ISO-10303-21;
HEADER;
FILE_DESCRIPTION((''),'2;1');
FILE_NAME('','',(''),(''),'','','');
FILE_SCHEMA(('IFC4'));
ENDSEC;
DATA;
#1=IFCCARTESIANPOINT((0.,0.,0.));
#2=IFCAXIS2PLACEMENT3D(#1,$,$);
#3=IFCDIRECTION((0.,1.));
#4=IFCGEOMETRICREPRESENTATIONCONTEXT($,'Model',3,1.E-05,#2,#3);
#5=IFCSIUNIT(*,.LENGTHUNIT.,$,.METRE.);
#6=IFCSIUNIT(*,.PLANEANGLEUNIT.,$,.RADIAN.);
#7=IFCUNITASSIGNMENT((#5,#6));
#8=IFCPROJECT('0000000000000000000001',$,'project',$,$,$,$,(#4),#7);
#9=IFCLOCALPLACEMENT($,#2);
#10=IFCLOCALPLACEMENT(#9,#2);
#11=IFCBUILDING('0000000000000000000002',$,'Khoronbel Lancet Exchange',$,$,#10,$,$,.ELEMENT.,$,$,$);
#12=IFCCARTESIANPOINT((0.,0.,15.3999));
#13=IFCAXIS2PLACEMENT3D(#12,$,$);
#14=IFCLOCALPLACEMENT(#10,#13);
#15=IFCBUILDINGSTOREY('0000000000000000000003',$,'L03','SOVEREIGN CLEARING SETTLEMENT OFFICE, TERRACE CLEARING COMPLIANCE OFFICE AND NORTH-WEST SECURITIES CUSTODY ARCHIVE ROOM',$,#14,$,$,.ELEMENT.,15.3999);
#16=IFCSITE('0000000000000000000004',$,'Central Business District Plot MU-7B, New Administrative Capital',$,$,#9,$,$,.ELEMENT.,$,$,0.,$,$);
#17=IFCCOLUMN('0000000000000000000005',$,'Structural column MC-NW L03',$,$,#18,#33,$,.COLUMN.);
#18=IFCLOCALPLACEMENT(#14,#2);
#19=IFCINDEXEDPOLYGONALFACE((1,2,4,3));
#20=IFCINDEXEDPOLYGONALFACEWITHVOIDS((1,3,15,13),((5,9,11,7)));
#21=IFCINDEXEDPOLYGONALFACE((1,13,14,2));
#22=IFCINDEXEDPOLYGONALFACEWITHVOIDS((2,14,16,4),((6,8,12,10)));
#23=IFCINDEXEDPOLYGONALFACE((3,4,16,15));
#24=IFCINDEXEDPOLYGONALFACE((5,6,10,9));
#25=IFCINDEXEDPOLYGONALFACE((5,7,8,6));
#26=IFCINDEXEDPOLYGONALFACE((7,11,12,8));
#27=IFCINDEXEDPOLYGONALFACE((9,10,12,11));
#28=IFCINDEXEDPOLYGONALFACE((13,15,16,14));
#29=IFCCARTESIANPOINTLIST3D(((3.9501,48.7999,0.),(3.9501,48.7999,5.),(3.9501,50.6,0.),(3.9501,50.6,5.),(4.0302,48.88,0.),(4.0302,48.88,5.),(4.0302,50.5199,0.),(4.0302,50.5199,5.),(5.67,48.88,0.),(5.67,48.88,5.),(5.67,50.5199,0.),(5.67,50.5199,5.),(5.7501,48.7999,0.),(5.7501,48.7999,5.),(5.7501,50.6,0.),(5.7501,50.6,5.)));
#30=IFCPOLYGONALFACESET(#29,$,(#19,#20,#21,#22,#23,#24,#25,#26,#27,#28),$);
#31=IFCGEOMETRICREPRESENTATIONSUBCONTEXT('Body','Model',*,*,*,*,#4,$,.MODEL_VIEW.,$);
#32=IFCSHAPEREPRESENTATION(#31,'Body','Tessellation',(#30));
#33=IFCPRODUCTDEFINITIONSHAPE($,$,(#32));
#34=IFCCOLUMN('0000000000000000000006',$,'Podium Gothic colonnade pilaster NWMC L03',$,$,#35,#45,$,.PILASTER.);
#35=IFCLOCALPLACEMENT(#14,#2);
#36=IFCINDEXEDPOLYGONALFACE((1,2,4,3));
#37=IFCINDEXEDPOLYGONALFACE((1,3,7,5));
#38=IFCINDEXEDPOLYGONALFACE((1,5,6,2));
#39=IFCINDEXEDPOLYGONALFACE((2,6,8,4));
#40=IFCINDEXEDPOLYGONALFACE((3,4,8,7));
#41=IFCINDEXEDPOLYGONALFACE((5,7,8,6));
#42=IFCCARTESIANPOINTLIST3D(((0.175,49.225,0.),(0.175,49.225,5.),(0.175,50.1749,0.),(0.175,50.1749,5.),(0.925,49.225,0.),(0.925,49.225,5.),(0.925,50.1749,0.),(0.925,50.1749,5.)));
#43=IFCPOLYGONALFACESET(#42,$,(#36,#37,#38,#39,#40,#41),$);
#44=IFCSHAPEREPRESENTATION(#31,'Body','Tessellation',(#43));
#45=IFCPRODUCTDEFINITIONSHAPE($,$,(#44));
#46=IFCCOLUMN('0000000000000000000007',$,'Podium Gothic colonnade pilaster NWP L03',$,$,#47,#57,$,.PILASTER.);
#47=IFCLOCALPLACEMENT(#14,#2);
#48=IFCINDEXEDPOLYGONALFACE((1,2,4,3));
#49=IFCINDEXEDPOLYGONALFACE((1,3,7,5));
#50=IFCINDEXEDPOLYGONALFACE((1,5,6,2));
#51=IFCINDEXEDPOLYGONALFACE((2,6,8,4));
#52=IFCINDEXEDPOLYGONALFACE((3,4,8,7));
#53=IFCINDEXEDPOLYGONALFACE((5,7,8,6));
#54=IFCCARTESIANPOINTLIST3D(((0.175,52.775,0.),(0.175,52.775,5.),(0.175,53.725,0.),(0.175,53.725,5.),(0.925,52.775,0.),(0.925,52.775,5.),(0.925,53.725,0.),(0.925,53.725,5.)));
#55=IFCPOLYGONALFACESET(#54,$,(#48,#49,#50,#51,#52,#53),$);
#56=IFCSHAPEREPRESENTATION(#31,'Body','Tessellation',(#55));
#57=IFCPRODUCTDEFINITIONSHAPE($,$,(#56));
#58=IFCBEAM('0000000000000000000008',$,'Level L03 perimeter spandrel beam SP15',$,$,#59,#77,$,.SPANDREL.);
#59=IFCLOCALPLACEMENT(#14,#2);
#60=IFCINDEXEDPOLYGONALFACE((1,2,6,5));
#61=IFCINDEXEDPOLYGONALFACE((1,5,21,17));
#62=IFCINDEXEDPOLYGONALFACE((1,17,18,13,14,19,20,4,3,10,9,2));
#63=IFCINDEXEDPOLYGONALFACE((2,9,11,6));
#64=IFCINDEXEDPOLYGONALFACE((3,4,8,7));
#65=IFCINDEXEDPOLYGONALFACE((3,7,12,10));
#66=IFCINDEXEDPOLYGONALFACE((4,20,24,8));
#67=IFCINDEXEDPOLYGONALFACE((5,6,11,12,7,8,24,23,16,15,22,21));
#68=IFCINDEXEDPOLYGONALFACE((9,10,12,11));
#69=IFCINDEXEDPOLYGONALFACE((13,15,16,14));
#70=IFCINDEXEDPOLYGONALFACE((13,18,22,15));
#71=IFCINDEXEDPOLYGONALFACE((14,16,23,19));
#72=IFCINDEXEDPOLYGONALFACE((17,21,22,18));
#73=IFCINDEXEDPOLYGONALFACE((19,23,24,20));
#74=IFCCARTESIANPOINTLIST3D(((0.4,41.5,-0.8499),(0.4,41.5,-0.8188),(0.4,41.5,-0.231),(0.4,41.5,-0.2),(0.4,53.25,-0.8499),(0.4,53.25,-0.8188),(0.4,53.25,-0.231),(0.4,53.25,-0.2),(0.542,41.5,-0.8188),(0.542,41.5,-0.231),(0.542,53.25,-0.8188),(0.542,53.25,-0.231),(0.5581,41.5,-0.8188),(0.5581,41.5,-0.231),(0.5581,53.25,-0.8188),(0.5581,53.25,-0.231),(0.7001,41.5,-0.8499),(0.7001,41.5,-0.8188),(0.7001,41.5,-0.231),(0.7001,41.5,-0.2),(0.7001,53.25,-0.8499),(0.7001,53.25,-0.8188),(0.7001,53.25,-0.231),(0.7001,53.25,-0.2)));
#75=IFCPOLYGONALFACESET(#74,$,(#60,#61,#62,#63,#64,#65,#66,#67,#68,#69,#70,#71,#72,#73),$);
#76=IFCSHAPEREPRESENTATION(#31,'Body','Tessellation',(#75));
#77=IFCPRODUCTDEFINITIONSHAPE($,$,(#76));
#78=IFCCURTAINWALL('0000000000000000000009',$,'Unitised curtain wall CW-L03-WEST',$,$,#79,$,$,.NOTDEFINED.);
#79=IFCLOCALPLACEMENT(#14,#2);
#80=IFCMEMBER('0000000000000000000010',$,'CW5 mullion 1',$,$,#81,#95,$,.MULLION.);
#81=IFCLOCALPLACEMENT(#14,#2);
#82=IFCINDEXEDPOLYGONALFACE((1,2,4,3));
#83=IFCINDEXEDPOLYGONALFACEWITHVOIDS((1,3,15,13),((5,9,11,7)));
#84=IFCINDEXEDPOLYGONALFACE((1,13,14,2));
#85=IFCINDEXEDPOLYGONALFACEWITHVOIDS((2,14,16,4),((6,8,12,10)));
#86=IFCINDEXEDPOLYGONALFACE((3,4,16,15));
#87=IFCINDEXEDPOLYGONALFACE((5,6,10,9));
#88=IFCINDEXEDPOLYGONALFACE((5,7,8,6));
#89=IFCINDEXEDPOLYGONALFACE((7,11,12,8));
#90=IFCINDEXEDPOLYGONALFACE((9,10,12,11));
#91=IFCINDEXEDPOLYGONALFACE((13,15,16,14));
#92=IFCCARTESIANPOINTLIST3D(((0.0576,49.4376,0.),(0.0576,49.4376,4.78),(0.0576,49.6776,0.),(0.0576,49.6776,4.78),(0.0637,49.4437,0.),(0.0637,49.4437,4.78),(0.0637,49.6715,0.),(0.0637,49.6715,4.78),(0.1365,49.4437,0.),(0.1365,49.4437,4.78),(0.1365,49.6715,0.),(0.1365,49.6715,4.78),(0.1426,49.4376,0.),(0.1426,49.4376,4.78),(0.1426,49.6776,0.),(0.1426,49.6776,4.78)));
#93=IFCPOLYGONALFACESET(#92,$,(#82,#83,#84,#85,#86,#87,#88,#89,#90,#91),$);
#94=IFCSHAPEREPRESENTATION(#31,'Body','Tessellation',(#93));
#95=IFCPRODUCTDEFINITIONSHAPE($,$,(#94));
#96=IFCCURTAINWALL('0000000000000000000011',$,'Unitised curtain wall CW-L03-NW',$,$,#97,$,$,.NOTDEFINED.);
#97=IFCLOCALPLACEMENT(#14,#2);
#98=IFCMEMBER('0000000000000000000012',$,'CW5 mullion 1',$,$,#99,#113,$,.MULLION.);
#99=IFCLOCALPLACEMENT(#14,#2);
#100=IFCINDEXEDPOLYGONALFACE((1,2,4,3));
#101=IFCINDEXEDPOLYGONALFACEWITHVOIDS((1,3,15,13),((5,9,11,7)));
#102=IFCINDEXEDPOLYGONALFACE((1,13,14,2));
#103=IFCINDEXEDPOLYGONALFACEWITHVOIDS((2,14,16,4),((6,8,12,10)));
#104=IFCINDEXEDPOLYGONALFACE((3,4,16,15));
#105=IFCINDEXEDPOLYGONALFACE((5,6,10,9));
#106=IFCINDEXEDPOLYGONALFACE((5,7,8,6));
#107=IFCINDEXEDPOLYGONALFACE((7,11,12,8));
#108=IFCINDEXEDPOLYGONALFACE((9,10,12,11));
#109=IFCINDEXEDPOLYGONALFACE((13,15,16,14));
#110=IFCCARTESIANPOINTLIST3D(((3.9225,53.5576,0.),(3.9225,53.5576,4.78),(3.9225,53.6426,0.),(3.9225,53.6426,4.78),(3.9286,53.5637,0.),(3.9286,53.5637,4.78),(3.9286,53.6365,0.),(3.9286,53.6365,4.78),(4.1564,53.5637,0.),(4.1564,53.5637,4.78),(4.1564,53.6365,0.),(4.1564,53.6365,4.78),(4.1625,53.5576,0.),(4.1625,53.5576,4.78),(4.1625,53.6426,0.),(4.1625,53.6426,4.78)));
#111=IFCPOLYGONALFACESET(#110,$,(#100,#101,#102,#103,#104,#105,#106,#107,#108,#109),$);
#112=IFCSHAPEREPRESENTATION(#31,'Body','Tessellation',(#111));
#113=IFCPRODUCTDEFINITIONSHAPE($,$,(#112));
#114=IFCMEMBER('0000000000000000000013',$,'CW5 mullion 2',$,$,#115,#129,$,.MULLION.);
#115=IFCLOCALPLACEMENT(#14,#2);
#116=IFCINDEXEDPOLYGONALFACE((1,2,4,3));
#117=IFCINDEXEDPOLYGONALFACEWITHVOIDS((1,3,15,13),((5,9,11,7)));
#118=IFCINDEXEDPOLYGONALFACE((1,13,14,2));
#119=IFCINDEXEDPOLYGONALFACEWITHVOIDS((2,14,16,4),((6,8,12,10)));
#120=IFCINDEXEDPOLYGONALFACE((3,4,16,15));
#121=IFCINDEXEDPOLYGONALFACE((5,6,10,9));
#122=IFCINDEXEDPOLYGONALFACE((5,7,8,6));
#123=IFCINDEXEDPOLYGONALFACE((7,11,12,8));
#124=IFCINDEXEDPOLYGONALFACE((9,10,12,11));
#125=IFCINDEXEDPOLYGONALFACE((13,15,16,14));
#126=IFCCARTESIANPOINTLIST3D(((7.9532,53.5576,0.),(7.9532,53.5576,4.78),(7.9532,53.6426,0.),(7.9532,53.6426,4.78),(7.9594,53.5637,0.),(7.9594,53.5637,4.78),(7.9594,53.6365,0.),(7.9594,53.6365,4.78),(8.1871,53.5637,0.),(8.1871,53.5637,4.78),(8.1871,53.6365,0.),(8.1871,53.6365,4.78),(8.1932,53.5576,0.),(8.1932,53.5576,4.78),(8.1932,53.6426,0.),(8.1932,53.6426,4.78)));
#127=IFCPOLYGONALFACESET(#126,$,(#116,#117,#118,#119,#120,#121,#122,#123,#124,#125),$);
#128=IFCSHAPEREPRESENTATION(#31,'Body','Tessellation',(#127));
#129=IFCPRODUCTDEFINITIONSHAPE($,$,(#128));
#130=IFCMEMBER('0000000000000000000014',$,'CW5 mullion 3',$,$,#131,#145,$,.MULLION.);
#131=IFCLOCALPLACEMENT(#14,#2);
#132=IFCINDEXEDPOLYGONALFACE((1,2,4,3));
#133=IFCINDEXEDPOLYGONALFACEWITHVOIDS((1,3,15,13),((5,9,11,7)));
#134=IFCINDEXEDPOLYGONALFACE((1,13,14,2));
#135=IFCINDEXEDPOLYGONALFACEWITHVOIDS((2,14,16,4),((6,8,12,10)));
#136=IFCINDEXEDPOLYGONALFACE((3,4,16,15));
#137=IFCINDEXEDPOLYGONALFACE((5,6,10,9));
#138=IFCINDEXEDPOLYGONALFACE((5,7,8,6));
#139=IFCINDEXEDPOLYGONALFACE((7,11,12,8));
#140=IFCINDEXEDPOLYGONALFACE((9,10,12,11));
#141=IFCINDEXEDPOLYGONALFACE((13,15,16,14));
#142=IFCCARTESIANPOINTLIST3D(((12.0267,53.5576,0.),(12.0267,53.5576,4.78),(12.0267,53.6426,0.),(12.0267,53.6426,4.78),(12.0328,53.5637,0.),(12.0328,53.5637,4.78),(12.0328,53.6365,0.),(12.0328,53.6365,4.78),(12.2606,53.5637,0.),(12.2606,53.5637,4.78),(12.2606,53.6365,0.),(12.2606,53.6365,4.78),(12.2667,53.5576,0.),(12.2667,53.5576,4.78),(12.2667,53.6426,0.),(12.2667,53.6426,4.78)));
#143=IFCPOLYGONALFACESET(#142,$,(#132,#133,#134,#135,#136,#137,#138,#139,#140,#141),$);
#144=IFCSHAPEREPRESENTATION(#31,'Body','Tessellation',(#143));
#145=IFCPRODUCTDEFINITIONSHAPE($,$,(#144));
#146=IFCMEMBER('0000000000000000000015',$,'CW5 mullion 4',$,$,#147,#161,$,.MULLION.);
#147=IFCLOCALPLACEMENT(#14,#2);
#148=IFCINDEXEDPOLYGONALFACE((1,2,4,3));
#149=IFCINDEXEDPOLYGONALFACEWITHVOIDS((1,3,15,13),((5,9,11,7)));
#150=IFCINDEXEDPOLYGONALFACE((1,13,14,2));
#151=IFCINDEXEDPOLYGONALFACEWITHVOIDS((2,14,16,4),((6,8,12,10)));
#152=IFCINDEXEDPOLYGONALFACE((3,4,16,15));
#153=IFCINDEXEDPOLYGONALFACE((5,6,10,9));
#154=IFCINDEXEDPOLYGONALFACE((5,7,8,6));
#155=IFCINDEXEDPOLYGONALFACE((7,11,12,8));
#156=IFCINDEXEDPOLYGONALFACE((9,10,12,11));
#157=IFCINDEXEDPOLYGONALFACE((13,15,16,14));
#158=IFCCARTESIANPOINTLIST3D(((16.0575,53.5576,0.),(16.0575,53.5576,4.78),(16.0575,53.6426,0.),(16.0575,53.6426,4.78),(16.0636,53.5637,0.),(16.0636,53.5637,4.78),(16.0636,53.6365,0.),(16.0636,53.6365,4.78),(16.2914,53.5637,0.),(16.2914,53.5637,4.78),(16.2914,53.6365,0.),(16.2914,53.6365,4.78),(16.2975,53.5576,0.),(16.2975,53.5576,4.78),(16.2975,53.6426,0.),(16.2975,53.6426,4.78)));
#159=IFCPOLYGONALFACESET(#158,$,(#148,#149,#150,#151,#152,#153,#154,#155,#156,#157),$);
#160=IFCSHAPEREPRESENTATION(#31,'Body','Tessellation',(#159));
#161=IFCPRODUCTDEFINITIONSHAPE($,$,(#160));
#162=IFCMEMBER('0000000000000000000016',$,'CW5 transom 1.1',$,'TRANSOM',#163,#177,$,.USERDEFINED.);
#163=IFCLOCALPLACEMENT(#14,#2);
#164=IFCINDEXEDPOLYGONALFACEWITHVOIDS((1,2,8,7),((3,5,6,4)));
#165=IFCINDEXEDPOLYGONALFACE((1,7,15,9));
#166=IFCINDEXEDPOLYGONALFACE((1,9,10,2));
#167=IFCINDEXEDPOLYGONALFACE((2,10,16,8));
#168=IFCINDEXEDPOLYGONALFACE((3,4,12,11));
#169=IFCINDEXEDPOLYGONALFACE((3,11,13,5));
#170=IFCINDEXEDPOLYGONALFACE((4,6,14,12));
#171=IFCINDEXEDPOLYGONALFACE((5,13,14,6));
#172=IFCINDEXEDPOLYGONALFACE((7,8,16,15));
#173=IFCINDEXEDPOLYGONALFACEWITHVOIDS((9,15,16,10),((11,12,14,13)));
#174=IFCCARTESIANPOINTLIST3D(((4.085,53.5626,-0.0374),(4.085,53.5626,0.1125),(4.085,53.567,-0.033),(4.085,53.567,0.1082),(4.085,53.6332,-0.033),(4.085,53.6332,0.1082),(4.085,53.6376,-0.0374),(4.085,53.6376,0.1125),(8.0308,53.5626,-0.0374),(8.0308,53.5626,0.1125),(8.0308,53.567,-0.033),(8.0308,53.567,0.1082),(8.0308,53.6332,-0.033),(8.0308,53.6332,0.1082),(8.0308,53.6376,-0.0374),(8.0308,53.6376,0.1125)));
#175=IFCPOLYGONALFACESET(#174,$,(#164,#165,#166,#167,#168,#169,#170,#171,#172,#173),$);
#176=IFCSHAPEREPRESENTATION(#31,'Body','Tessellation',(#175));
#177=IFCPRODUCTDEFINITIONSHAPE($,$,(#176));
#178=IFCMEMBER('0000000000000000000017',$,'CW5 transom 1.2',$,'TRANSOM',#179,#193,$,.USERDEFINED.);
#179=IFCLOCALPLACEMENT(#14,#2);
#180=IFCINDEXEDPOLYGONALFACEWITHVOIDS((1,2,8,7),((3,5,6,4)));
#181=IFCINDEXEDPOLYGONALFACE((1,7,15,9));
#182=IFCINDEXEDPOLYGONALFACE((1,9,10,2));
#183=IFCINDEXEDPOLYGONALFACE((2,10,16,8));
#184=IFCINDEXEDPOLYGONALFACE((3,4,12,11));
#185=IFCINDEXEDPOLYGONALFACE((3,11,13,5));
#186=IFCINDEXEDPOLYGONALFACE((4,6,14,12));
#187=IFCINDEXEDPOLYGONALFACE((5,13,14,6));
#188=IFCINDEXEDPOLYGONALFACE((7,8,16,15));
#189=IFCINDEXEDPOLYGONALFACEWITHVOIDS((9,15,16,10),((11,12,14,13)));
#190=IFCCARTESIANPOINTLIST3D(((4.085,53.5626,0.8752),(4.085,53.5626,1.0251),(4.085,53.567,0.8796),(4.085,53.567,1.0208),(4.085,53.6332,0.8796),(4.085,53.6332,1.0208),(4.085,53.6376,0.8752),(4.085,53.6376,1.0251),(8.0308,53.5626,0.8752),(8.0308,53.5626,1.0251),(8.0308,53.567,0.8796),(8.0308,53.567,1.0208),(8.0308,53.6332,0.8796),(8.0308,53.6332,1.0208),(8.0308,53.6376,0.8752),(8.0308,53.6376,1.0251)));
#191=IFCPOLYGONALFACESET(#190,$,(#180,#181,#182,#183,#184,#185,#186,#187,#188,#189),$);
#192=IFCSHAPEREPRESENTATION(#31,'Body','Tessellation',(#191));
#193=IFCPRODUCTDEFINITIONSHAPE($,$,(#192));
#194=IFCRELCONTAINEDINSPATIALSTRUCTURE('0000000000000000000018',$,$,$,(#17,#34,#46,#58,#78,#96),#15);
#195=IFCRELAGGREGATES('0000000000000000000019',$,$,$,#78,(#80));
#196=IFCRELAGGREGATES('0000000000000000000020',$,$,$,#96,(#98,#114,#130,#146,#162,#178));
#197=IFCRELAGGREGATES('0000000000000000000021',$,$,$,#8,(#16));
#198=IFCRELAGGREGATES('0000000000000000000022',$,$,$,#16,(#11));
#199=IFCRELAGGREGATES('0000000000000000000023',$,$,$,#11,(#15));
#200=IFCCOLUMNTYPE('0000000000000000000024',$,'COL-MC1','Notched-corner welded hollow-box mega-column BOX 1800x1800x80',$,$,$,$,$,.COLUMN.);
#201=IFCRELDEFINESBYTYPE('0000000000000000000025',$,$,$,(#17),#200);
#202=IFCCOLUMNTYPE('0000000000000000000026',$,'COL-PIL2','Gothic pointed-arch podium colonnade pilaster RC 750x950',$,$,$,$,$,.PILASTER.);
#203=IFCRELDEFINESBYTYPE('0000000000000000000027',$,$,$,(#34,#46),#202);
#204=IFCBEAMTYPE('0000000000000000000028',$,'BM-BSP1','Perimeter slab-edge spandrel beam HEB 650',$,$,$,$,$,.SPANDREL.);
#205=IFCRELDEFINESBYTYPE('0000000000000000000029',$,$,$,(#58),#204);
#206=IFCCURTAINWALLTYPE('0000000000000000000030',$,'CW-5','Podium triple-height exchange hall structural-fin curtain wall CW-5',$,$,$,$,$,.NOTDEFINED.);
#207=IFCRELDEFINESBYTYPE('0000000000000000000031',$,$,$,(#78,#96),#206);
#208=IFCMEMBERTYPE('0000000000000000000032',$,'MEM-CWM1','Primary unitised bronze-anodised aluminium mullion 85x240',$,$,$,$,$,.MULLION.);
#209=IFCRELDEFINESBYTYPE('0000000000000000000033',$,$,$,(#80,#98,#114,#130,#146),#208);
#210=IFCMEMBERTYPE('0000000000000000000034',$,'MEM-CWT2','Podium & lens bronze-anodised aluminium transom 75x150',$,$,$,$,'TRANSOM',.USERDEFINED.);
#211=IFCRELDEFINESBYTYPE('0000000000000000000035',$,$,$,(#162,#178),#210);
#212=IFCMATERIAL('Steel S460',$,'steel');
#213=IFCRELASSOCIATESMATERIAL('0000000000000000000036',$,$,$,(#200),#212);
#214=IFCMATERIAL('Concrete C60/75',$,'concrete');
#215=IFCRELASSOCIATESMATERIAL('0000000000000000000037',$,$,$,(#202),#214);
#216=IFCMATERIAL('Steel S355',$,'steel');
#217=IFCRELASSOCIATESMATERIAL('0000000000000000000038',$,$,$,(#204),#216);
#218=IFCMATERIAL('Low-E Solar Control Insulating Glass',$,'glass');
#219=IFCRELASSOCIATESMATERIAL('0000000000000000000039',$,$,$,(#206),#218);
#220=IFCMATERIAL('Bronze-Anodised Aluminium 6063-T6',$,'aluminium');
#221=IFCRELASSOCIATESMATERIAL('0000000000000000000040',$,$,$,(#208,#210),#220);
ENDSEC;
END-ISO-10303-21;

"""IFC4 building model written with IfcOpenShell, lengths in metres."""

from ifc_helpers import new_model, si_unit, direction, frame, origin, origin_2d, place, context, subcontext, project, spatial, rectangle, hollow_rectangle, i_section, extrude, material, material_profile, profile_set, type_object, element, aggregate, save


model = new_model("IFC4")

# Units and contexts
model_context = context("Model", 3, precision=1e-05, world=origin(), true_north=direction((0.0, 1.0)))
body_context = subcontext(model_context, "Body", "Model", "MODEL_VIEW")
ifc_project = project(units=[si_unit("LENGTHUNIT", "METRE"), si_unit("PLANEANGLEUNIT", "RADIAN")], contexts=[model_context])

# Site, building, storey
site_placement = place(None, origin())
site = spatial("IfcSite", under=ifc_project, at=site_placement, Name="Central Business District Plot MU-7B, New Administrative Capital", CompositionType="ELEMENT", RefElevation=0.0)
building_placement = place(site_placement, origin())
building = spatial("IfcBuilding", under=site, at=building_placement, Name="Khoronbel Lancet Exchange", CompositionType="ELEMENT")
storey_placement = place(building_placement, frame((0.0, 0.0, 15.3999)))
storey = spatial("IfcBuildingStorey", under=building, at=storey_placement, Name="L03", Description="SOVEREIGN CLEARING SETTLEMENT OFFICE, TERRACE CLEARING COMPLIANCE OFFICE AND NORTH-WEST SECURITIES CUSTODY ARCHIVE ROOM", CompositionType="ELEMENT", Elevation=15.3999)

# Columns
ifc_material_1 = material(Name="Steel S460", Category="steel")
ifc_material_profile_1 = material_profile(ifc_material_1, hollow_rectangle(XDim=1.8, YDim=1.8, WallThickness=0.0801, at=origin_2d()), Name="BOX 1800x1800x80")
ifc_profile_set_1 = profile_set([ifc_material_profile_1], Name="Steel S460")
column_type_1 = type_object("IfcColumnType", Name="COL-MC1", Description="Notched-corner welded hollow-box mega-column BOX 1800x1800x80", PredefinedType="COLUMN", material=ifc_profile_set_1)
column_placement = place(storey_placement, frame((4.8501, 49.7, 0.0), z_axis=(0.0, 0.0, 1.0), x_axis=(1.0, 0.0, 0.0)))
element("IfcColumn", 1, at=column_placement, inside=storey, type_object=column_type_1, Name="Structural column MC-NW L03", PredefinedType="COLUMN", context=body_context, shape_type="SweptSolid", body=[
    extrude(hollow_rectangle(XDim=1.8, YDim=1.8, WallThickness=0.0801, at=origin_2d()), origin(), (0.0, 0.0, 1.0), 5.0),
])
ifc_material_2 = material(Name="Concrete C60/75", Category="concrete")
ifc_material_profile_2 = material_profile(ifc_material_2, rectangle(XDim=0.75, YDim=0.95, at=origin_2d()), Name="RC 750x950")
ifc_profile_set_2 = profile_set([ifc_material_profile_2], Name="Concrete C60/75")
column_type_2 = type_object("IfcColumnType", Name="COL-PIL2", Description="Gothic pointed-arch podium colonnade pilaster RC 750x950", PredefinedType="PILASTER", material=ifc_profile_set_2)
for number, where, z_axis, x_axis, name in (
    (2, (0.55, 49.7, 0.0), (0.0, 0.0, 1.0), (1.0, 0.0, 0.0), "Podium Gothic colonnade pilaster NWMC L03"),
    (3, (0.55, 53.25, 0.0), (0.0, 0.0, 1.0), (1.0, 0.0, 0.0), "Podium Gothic colonnade pilaster NWP L03"),
):
    element("IfcColumn", number, at=place(storey_placement, frame(where, z_axis=z_axis, x_axis=x_axis)), inside=storey, type_object=column_type_2, Name=name, PredefinedType="PILASTER", context=body_context, shape_type="SweptSolid", body=[
        extrude(rectangle(XDim=0.75, YDim=0.95, at=origin_2d()), origin(), (0.0, 0.0, 1.0), 5.0),
    ])

# Beam
ifc_material_3 = material(Name="Steel S355", Category="steel")
ifc_material_profile_3 = material_profile(ifc_material_3, i_section(OverallWidth=0.3, OverallDepth=0.6499, WebThickness=0.0161, FlangeThickness=0.031, at=origin_2d()), Name="HEB 650")
ifc_profile_set_3 = profile_set([ifc_material_profile_3], Name="Steel S355")
beam_type = type_object("IfcBeamType", Name="BM-BSP1", Description="Perimeter slab-edge spandrel beam HEB 650", PredefinedType="SPANDREL", material=ifc_profile_set_3)
beam_placement = place(storey_placement, frame((0.55, 53.25, -0.5249), z_axis=(0.0, -1.0, 0.0), x_axis=(1.0, 0.0, 0.0)))
element("IfcBeam", 4, at=beam_placement, inside=storey, type_object=beam_type, Name="Level L03 perimeter spandrel beam SP15", PredefinedType="SPANDREL", context=body_context, shape_type="SweptSolid", body=[
    extrude(i_section(OverallWidth=0.3, OverallDepth=0.6499, WebThickness=0.0161, FlangeThickness=0.031, at=origin_2d()), origin(), (0.0, 0.0, 1.0), 11.75),
])

# Curtain wall, member
ifc_material_4 = material(Name="Low-E Solar Control Insulating Glass", Category="glass")
curtain_wall_type = type_object("IfcCurtainWallType", Name="CW-5", Description="Podium triple-height exchange hall structural-fin curtain wall CW-5", PredefinedType="NOTDEFINED", material=ifc_material_4)
curtain_wall_1_placement = place(storey_placement, origin())
curtain_wall_1 = element("IfcCurtainWall", 5, at=curtain_wall_1_placement, inside=storey, type_object=curtain_wall_type, Name="Unitised curtain wall CW-L03-WEST", PredefinedType="NOTDEFINED")
ifc_material_5 = material(Name="Bronze-Anodised Aluminium 6063-T6", Category="aluminium")
ifc_material_profile_4 = material_profile(ifc_material_5, hollow_rectangle(XDim=0.085, YDim=0.24, WallThickness=0.0061, at=origin_2d()), Name="ALU MULLION 85x240")
ifc_profile_set_4 = profile_set([ifc_material_profile_4], Name="Bronze-Anodised Aluminium 6063-T6")
member_type_1 = type_object("IfcMemberType", Name="MEM-CWM1", Description="Primary unitised bronze-anodised aluminium mullion 85x240", PredefinedType="MULLION", material=ifc_profile_set_4)
member_1_placement = place(storey_placement, frame((0.1001, 49.5576, 0.0), z_axis=(0.0, 0.0, 1.0), x_axis=(1.0, 0.0, 0.0)))
member_1 = element("IfcMember", 6, at=member_1_placement, type_object=member_type_1, Name="CW5 mullion 1", PredefinedType="MULLION", context=body_context, shape_type="SweptSolid", body=[
    extrude(hollow_rectangle(XDim=0.085, YDim=0.24, WallThickness=0.0061, at=origin_2d()), origin(), (0.0, 0.0, 1.0), 4.78),
])
aggregate(curtain_wall_1, [member_1])

# Curtain wall, members
curtain_wall_2_placement = place(storey_placement, origin())
curtain_wall_2 = element("IfcCurtainWall", 7, at=curtain_wall_2_placement, inside=storey, type_object=curtain_wall_type, Name="Unitised curtain wall CW-L03-NW", PredefinedType="NOTDEFINED")
member_2_placement = place(storey_placement, frame((4.0425, 53.6001, 0.0), z_axis=(0.0, 0.0, 1.0), x_axis=(0.0, 1.0, 0.0)))
member_2 = element("IfcMember", 8, at=member_2_placement, type_object=member_type_1, Name="CW5 mullion 1", PredefinedType="MULLION", context=body_context, shape_type="SweptSolid", body=[
    extrude(hollow_rectangle(XDim=0.085, YDim=0.24, WallThickness=0.0061, at=origin_2d()), origin(), (0.0, 0.0, 1.0), 4.78),
])
member_3_placement = place(storey_placement, frame((8.0732, 53.6001, 0.0), z_axis=(0.0, 0.0, 1.0), x_axis=(0.0, 1.0, 0.0)))
member_3 = element("IfcMember", 9, at=member_3_placement, type_object=member_type_1, Name="CW5 mullion 2", PredefinedType="MULLION", context=body_context, shape_type="SweptSolid", body=[
    extrude(hollow_rectangle(XDim=0.085, YDim=0.24, WallThickness=0.0061, at=origin_2d()), origin(), (0.0, 0.0, 1.0), 4.78),
])
member_4_placement = place(storey_placement, frame((12.1467, 53.6001, 0.0), z_axis=(0.0, 0.0, 1.0), x_axis=(0.0, 1.0, 0.0)))
member_4 = element("IfcMember", 10, at=member_4_placement, type_object=member_type_1, Name="CW5 mullion 3", PredefinedType="MULLION", context=body_context, shape_type="SweptSolid", body=[
    extrude(hollow_rectangle(XDim=0.085, YDim=0.24, WallThickness=0.0061, at=origin_2d()), origin(), (0.0, 0.0, 1.0), 4.78),
])
member_5_placement = place(storey_placement, frame((16.1775, 53.6001, 0.0), z_axis=(0.0, 0.0, 1.0), x_axis=(0.0, 1.0, 0.0)))
member_5 = element("IfcMember", 11, at=member_5_placement, type_object=member_type_1, Name="CW5 mullion 4", PredefinedType="MULLION", context=body_context, shape_type="SweptSolid", body=[
    extrude(hollow_rectangle(XDim=0.085, YDim=0.24, WallThickness=0.0061, at=origin_2d()), origin(), (0.0, 0.0, 1.0), 4.78),
])
ifc_material_profile_5 = material_profile(ifc_material_5, hollow_rectangle(XDim=0.075, YDim=0.1499, WallThickness=0.0044, at=origin_2d()), Name="ALU TRANSOM 75x150")
ifc_profile_set_5 = profile_set([ifc_material_profile_5], Name="Bronze-Anodised Aluminium 6063-T6")
member_type_2 = type_object("IfcMemberType", Name="MEM-CWT2", Description="Podium & lens bronze-anodised aluminium transom 75x150", ElementType="TRANSOM", PredefinedType="USERDEFINED", material=ifc_profile_set_5)
member_6_placement = place(storey_placement, frame((4.085, 53.6001, 0.0376), z_axis=(1.0, 0.0, 0.0), x_axis=(0.0, 1.0, 0.0)))
member_6 = element("IfcMember", 12, at=member_6_placement, type_object=member_type_2, Name="CW5 transom 1.1", ObjectType="TRANSOM", PredefinedType="USERDEFINED", context=body_context, shape_type="SweptSolid", body=[
    extrude(hollow_rectangle(XDim=0.075, YDim=0.1499, WallThickness=0.0044, at=origin_2d()), origin(), (0.0, 0.0, 1.0), 3.9458),
])
member_7_placement = place(storey_placement, frame((4.085, 53.6001, 0.9502), z_axis=(1.0, 0.0, 0.0), x_axis=(0.0, 1.0, 0.0)))
member_7 = element("IfcMember", 13, at=member_7_placement, type_object=member_type_2, Name="CW5 transom 1.2", ObjectType="TRANSOM", PredefinedType="USERDEFINED", context=body_context, shape_type="SweptSolid", body=[
    extrude(hollow_rectangle(XDim=0.075, YDim=0.1499, WallThickness=0.0044, at=origin_2d()), origin(), (0.0, 0.0, 1.0), 3.9458),
])
aggregate(curtain_wall_2, [member_2, member_3, member_4, member_5, member_6, member_7])

save(model, "model.ifc")
